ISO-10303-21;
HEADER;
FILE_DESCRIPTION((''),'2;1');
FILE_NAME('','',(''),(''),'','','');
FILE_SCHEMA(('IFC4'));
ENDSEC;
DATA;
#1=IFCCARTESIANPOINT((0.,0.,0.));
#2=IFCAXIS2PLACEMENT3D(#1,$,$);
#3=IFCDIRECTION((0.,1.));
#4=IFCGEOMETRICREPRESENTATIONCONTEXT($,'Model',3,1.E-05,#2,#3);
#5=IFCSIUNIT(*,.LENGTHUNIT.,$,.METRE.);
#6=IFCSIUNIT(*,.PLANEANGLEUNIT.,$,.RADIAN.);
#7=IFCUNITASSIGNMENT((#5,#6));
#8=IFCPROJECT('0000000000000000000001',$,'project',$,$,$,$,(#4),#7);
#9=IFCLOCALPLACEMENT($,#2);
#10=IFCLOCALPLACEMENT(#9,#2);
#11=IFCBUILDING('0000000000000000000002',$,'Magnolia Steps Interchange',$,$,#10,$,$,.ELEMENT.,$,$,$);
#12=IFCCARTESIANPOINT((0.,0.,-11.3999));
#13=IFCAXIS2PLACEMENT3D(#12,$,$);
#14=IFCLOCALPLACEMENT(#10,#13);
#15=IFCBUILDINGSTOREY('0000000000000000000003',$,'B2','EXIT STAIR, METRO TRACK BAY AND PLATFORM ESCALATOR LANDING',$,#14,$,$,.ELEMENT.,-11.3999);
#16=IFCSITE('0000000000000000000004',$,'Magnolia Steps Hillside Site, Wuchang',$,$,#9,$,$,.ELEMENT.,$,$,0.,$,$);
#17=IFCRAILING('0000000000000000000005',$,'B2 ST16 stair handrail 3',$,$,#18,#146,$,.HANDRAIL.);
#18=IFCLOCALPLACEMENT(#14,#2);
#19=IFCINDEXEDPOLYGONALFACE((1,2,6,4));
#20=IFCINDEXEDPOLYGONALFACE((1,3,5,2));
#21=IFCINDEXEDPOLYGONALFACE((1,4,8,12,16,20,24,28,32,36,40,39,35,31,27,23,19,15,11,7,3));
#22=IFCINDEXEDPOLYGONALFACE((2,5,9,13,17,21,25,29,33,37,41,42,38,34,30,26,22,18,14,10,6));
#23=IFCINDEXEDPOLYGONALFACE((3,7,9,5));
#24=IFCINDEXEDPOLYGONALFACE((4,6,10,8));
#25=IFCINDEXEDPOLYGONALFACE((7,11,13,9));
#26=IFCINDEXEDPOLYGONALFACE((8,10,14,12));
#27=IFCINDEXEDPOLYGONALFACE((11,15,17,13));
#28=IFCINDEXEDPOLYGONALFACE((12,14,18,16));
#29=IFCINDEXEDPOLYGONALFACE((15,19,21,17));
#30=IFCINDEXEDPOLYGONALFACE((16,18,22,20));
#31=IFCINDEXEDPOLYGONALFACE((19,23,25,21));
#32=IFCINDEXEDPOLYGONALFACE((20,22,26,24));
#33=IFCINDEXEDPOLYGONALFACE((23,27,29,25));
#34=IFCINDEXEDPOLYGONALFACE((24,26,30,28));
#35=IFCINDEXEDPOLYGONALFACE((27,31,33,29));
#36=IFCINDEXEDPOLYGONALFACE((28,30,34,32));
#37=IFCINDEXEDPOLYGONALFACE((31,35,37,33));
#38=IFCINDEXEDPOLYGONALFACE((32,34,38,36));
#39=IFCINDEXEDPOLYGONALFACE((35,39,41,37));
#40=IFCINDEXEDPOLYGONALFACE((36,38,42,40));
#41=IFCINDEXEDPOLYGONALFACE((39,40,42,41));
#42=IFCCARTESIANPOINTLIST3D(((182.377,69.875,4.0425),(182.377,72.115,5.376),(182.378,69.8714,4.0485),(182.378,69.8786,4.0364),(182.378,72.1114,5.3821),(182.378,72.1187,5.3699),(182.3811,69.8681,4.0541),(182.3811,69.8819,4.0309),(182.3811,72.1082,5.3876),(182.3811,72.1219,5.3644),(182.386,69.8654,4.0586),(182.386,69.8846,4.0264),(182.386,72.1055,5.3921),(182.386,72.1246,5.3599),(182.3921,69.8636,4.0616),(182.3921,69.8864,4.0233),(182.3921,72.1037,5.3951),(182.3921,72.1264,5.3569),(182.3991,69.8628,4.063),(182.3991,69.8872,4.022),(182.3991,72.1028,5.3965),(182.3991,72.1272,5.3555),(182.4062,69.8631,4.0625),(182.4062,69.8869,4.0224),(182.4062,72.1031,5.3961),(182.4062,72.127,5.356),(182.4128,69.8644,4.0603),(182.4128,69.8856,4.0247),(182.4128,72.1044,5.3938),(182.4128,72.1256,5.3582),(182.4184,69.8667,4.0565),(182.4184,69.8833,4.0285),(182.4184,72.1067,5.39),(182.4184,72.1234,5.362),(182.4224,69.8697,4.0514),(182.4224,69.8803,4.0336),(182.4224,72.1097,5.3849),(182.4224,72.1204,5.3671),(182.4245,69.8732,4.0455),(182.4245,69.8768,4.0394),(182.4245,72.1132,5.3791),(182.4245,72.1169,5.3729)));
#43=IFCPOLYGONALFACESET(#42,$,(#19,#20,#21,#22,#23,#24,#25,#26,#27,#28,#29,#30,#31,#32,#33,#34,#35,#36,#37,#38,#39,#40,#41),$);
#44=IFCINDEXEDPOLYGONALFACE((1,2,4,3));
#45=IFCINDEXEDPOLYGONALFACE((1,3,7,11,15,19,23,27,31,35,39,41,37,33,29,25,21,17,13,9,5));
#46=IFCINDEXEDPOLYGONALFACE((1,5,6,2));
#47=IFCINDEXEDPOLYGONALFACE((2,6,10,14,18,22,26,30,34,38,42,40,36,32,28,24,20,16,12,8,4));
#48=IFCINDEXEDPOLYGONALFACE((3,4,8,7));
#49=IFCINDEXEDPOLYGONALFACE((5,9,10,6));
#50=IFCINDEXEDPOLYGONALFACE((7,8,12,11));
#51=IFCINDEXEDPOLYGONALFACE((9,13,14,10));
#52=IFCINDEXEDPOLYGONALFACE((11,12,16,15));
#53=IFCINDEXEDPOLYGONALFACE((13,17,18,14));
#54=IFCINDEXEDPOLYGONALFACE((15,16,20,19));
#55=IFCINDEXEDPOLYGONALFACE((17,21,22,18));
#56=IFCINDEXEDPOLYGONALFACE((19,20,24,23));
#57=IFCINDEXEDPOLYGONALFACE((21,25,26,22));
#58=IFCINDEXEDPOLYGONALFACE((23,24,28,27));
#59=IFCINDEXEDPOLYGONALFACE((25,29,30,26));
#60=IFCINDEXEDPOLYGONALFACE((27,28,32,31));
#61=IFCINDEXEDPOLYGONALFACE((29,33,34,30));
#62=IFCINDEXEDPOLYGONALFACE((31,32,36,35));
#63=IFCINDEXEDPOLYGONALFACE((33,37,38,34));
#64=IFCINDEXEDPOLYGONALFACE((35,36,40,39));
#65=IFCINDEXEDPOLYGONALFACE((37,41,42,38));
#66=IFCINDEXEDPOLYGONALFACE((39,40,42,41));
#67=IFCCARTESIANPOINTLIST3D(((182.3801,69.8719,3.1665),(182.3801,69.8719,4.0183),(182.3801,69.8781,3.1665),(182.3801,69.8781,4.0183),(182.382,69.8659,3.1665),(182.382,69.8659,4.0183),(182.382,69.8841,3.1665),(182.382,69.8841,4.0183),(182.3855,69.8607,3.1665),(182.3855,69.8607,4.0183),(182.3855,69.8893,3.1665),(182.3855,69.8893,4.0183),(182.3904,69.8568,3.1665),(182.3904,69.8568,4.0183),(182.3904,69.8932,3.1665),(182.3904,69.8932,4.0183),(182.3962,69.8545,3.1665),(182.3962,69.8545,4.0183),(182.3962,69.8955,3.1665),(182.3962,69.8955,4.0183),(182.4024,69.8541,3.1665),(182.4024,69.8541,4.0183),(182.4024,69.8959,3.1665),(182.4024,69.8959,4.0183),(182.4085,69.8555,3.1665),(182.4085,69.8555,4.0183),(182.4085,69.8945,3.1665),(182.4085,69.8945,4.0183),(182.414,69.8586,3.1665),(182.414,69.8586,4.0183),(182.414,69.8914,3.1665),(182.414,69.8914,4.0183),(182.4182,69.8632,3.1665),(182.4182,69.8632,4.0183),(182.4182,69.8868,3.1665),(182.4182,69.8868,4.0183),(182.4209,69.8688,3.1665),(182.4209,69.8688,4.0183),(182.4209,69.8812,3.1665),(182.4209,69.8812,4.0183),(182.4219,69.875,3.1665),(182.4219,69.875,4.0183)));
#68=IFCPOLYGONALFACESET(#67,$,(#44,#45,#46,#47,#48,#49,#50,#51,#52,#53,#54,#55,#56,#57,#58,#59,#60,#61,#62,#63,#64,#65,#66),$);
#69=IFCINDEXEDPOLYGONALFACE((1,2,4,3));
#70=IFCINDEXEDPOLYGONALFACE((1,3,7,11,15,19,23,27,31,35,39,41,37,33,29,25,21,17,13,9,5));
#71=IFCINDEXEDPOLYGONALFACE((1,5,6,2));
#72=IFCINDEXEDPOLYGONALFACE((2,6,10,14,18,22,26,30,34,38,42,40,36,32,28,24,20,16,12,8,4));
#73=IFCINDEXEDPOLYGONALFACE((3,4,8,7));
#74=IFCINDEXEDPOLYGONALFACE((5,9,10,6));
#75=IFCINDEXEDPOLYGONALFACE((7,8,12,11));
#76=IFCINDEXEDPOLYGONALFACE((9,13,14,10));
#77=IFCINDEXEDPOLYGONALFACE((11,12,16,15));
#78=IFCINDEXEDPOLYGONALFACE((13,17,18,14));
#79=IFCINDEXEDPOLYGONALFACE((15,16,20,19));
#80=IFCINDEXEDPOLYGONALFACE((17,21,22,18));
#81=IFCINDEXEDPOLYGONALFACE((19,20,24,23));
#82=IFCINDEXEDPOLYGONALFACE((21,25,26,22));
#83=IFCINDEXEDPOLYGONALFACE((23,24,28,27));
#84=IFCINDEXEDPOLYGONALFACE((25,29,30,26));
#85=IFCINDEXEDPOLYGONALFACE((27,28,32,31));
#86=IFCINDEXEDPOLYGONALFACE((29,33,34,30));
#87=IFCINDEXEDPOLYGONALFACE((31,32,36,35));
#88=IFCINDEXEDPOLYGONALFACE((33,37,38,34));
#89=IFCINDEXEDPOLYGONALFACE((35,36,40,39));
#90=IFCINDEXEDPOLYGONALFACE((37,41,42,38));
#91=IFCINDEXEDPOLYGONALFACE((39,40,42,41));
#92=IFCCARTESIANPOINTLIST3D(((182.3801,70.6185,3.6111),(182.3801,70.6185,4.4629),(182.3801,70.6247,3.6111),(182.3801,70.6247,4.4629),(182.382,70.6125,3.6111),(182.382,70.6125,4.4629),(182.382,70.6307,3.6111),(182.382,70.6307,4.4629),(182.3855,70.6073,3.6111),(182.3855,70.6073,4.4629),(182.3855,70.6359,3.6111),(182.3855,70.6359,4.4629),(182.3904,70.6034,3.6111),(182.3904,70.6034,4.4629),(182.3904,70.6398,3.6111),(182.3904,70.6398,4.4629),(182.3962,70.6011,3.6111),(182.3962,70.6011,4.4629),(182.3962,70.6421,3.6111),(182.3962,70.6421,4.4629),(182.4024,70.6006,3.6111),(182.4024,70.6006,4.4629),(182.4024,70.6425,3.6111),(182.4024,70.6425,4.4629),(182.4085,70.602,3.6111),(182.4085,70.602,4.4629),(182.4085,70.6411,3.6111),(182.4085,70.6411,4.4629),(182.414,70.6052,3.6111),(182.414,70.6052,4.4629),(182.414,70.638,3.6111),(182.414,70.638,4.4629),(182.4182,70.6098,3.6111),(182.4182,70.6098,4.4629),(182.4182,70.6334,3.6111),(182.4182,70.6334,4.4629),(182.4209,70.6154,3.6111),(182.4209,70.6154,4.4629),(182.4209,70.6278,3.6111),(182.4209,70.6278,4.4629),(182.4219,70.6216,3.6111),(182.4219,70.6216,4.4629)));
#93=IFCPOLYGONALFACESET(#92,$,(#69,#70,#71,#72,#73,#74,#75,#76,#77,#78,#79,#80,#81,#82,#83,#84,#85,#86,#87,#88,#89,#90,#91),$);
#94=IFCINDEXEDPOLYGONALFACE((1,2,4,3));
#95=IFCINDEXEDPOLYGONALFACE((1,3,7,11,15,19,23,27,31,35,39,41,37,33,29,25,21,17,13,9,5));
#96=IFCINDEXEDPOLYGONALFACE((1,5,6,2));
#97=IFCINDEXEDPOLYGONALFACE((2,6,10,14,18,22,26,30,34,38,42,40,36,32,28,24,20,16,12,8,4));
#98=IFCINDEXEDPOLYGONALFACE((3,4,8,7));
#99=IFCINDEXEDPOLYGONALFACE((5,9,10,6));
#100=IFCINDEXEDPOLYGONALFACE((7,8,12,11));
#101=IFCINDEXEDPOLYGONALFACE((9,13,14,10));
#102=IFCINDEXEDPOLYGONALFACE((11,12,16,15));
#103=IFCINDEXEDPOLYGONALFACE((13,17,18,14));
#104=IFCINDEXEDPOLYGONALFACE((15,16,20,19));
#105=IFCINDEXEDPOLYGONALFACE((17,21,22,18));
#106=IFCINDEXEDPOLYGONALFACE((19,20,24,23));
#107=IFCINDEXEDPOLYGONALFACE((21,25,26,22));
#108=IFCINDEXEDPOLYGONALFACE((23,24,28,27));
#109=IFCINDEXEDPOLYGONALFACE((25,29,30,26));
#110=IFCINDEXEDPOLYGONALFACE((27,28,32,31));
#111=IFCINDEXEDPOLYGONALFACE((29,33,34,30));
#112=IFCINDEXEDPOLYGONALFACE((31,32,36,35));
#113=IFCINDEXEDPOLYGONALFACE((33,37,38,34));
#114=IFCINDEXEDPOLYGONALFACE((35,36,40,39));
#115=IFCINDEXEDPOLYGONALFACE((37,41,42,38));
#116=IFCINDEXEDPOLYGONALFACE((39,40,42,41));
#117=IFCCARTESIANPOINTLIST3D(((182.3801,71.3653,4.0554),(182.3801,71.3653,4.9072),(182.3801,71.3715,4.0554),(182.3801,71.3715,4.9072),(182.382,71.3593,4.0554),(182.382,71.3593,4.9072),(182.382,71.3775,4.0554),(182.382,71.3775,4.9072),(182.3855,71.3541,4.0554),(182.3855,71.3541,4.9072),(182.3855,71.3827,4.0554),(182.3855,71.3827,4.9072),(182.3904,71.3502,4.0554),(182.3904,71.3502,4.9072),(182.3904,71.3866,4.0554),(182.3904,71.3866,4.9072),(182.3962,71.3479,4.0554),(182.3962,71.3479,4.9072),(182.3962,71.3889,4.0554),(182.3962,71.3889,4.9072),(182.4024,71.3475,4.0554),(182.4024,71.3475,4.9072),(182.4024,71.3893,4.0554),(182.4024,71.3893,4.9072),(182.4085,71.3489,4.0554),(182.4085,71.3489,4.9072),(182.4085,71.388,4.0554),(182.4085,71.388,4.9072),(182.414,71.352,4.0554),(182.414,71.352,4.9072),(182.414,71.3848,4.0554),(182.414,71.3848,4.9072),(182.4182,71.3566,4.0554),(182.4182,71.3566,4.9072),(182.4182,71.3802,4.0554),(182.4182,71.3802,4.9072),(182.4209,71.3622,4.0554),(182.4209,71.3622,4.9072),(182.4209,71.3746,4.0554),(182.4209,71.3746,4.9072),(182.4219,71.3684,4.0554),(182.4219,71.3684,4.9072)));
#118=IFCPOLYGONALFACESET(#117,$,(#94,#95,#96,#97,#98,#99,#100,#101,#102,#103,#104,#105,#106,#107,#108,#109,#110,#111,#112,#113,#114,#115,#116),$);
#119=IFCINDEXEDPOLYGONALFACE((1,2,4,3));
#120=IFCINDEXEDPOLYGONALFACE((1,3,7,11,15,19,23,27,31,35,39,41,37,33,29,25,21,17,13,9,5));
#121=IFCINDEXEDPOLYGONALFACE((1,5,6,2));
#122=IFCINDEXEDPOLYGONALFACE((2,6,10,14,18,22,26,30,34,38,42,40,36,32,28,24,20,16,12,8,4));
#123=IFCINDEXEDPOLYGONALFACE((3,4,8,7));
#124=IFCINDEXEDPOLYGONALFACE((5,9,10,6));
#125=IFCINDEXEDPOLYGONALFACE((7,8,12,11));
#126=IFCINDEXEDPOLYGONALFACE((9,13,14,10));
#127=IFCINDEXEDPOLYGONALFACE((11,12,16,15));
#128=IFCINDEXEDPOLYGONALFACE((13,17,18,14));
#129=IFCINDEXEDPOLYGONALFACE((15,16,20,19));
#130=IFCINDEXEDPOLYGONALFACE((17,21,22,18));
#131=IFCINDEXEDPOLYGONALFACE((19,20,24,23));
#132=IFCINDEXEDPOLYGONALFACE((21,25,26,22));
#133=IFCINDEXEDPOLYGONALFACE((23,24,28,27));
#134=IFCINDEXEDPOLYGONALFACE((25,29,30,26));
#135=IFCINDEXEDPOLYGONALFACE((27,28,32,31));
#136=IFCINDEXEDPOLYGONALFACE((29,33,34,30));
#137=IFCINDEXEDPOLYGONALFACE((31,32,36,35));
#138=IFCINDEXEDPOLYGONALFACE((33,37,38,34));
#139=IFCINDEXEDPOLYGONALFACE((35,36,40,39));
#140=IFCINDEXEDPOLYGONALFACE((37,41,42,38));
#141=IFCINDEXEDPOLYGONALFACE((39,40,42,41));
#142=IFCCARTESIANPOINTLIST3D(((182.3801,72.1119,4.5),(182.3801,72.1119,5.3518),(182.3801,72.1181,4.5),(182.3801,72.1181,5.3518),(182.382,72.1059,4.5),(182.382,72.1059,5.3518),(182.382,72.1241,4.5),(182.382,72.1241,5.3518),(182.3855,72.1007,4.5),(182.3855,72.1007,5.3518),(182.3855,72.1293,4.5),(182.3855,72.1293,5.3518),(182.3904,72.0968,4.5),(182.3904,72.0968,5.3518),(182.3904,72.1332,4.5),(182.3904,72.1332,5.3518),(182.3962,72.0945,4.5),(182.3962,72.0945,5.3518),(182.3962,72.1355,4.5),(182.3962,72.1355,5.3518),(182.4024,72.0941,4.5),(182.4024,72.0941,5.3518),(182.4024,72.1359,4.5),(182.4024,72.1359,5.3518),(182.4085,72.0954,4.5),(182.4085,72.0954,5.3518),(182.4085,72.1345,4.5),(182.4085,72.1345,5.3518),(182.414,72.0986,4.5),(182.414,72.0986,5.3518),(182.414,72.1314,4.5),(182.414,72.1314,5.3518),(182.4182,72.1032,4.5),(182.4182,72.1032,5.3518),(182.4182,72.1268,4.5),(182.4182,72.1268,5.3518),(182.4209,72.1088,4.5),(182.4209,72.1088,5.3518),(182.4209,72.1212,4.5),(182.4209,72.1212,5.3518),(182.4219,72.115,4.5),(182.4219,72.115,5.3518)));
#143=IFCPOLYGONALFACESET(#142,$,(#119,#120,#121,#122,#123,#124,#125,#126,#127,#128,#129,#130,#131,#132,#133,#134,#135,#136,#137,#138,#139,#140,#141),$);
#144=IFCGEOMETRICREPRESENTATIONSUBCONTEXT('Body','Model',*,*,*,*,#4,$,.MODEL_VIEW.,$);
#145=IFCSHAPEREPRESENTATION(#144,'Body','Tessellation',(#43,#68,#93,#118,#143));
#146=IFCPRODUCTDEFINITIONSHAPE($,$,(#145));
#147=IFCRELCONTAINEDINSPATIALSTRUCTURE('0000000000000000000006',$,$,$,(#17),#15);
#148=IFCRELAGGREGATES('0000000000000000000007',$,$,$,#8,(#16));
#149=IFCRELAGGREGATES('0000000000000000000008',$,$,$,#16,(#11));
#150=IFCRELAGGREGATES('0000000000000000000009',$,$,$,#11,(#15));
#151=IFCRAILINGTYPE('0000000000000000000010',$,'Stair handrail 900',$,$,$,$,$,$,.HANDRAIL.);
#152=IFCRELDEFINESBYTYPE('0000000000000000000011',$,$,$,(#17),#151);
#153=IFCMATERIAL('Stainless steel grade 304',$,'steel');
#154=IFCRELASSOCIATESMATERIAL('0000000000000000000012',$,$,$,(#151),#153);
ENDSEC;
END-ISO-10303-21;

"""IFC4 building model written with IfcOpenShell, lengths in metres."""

from ifc_helpers import new_model, si_unit, direction, frame, origin, origin_2d, place, context, subcontext, project, spatial, circle, extrude, material, type_object, element, save


model = new_model("IFC4")

# Units and contexts
model_context = context("Model", 3, precision=1e-05, world=origin(), true_north=direction((0.0, 1.0)))
body_context = subcontext(model_context, "Body", "Model", "MODEL_VIEW")
ifc_project = project(units=[si_unit("LENGTHUNIT", "METRE"), si_unit("PLANEANGLEUNIT", "RADIAN")], contexts=[model_context])

# Site, building, storey
site_placement = place(None, origin())
site = spatial("IfcSite", under=ifc_project, at=site_placement, Name="Magnolia Steps Hillside Site, Wuchang", CompositionType="ELEMENT", RefElevation=0.0)
building_placement = place(site_placement, origin())
building = spatial("IfcBuilding", under=site, at=building_placement, Name="Magnolia Steps Interchange", CompositionType="ELEMENT")
storey_placement = place(building_placement, frame((0.0, 0.0, -11.3999)))
storey = spatial("IfcBuildingStorey", under=building, at=storey_placement, Name="B2", Description="EXIT STAIR, METRO TRACK BAY AND PLATFORM ESCALATOR LANDING", CompositionType="ELEMENT", Elevation=-11.3999)

# Railing
ifc_material_1 = material(Name="Stainless steel grade 304", Category="steel")
railing_type_1 = type_object("IfcRailingType", Name="Stair handrail 900", PredefinedType="HANDRAIL", material=ifc_material_1)
railing_1_placement = place(storey_placement, frame((182.4009, 69.875, 3.1665)))
element("IfcRailing", 1, at=railing_1_placement, inside=storey, type_object=railing_type_1, Name="B2 ST16 stair handrail 3", PredefinedType="HANDRAIL", context=body_context, shape_type="SweptSolid", body=[
    extrude(circle(Radius=0.0239, at=origin_2d()), frame((0.0, 0.0, 0.876), z_axis=(0.0, 0.859264, 0.511532), x_axis=(-1.0, 0.0, 0.0)), (0.0, 0.0, 1.0), 2.6069),
    extrude(circle(Radius=0.021, at=origin_2d()), origin(), (0.0, 0.0, 1.0), 0.8518),
    extrude(circle(Radius=0.021, at=origin_2d()), frame((0.0, 0.7466, 0.4446)), (0.0, 0.0, 1.0), 0.8518),
    extrude(circle(Radius=0.021, at=origin_2d()), frame((0.0, 1.4934, 0.8889)), (0.0, 0.0, 1.0), 0.8518),
    extrude(circle(Radius=0.021, at=origin_2d()), frame((0.0, 2.24, 1.3335)), (0.0, 0.0, 1.0), 0.8518),
])

save(model, "model.ifc")
